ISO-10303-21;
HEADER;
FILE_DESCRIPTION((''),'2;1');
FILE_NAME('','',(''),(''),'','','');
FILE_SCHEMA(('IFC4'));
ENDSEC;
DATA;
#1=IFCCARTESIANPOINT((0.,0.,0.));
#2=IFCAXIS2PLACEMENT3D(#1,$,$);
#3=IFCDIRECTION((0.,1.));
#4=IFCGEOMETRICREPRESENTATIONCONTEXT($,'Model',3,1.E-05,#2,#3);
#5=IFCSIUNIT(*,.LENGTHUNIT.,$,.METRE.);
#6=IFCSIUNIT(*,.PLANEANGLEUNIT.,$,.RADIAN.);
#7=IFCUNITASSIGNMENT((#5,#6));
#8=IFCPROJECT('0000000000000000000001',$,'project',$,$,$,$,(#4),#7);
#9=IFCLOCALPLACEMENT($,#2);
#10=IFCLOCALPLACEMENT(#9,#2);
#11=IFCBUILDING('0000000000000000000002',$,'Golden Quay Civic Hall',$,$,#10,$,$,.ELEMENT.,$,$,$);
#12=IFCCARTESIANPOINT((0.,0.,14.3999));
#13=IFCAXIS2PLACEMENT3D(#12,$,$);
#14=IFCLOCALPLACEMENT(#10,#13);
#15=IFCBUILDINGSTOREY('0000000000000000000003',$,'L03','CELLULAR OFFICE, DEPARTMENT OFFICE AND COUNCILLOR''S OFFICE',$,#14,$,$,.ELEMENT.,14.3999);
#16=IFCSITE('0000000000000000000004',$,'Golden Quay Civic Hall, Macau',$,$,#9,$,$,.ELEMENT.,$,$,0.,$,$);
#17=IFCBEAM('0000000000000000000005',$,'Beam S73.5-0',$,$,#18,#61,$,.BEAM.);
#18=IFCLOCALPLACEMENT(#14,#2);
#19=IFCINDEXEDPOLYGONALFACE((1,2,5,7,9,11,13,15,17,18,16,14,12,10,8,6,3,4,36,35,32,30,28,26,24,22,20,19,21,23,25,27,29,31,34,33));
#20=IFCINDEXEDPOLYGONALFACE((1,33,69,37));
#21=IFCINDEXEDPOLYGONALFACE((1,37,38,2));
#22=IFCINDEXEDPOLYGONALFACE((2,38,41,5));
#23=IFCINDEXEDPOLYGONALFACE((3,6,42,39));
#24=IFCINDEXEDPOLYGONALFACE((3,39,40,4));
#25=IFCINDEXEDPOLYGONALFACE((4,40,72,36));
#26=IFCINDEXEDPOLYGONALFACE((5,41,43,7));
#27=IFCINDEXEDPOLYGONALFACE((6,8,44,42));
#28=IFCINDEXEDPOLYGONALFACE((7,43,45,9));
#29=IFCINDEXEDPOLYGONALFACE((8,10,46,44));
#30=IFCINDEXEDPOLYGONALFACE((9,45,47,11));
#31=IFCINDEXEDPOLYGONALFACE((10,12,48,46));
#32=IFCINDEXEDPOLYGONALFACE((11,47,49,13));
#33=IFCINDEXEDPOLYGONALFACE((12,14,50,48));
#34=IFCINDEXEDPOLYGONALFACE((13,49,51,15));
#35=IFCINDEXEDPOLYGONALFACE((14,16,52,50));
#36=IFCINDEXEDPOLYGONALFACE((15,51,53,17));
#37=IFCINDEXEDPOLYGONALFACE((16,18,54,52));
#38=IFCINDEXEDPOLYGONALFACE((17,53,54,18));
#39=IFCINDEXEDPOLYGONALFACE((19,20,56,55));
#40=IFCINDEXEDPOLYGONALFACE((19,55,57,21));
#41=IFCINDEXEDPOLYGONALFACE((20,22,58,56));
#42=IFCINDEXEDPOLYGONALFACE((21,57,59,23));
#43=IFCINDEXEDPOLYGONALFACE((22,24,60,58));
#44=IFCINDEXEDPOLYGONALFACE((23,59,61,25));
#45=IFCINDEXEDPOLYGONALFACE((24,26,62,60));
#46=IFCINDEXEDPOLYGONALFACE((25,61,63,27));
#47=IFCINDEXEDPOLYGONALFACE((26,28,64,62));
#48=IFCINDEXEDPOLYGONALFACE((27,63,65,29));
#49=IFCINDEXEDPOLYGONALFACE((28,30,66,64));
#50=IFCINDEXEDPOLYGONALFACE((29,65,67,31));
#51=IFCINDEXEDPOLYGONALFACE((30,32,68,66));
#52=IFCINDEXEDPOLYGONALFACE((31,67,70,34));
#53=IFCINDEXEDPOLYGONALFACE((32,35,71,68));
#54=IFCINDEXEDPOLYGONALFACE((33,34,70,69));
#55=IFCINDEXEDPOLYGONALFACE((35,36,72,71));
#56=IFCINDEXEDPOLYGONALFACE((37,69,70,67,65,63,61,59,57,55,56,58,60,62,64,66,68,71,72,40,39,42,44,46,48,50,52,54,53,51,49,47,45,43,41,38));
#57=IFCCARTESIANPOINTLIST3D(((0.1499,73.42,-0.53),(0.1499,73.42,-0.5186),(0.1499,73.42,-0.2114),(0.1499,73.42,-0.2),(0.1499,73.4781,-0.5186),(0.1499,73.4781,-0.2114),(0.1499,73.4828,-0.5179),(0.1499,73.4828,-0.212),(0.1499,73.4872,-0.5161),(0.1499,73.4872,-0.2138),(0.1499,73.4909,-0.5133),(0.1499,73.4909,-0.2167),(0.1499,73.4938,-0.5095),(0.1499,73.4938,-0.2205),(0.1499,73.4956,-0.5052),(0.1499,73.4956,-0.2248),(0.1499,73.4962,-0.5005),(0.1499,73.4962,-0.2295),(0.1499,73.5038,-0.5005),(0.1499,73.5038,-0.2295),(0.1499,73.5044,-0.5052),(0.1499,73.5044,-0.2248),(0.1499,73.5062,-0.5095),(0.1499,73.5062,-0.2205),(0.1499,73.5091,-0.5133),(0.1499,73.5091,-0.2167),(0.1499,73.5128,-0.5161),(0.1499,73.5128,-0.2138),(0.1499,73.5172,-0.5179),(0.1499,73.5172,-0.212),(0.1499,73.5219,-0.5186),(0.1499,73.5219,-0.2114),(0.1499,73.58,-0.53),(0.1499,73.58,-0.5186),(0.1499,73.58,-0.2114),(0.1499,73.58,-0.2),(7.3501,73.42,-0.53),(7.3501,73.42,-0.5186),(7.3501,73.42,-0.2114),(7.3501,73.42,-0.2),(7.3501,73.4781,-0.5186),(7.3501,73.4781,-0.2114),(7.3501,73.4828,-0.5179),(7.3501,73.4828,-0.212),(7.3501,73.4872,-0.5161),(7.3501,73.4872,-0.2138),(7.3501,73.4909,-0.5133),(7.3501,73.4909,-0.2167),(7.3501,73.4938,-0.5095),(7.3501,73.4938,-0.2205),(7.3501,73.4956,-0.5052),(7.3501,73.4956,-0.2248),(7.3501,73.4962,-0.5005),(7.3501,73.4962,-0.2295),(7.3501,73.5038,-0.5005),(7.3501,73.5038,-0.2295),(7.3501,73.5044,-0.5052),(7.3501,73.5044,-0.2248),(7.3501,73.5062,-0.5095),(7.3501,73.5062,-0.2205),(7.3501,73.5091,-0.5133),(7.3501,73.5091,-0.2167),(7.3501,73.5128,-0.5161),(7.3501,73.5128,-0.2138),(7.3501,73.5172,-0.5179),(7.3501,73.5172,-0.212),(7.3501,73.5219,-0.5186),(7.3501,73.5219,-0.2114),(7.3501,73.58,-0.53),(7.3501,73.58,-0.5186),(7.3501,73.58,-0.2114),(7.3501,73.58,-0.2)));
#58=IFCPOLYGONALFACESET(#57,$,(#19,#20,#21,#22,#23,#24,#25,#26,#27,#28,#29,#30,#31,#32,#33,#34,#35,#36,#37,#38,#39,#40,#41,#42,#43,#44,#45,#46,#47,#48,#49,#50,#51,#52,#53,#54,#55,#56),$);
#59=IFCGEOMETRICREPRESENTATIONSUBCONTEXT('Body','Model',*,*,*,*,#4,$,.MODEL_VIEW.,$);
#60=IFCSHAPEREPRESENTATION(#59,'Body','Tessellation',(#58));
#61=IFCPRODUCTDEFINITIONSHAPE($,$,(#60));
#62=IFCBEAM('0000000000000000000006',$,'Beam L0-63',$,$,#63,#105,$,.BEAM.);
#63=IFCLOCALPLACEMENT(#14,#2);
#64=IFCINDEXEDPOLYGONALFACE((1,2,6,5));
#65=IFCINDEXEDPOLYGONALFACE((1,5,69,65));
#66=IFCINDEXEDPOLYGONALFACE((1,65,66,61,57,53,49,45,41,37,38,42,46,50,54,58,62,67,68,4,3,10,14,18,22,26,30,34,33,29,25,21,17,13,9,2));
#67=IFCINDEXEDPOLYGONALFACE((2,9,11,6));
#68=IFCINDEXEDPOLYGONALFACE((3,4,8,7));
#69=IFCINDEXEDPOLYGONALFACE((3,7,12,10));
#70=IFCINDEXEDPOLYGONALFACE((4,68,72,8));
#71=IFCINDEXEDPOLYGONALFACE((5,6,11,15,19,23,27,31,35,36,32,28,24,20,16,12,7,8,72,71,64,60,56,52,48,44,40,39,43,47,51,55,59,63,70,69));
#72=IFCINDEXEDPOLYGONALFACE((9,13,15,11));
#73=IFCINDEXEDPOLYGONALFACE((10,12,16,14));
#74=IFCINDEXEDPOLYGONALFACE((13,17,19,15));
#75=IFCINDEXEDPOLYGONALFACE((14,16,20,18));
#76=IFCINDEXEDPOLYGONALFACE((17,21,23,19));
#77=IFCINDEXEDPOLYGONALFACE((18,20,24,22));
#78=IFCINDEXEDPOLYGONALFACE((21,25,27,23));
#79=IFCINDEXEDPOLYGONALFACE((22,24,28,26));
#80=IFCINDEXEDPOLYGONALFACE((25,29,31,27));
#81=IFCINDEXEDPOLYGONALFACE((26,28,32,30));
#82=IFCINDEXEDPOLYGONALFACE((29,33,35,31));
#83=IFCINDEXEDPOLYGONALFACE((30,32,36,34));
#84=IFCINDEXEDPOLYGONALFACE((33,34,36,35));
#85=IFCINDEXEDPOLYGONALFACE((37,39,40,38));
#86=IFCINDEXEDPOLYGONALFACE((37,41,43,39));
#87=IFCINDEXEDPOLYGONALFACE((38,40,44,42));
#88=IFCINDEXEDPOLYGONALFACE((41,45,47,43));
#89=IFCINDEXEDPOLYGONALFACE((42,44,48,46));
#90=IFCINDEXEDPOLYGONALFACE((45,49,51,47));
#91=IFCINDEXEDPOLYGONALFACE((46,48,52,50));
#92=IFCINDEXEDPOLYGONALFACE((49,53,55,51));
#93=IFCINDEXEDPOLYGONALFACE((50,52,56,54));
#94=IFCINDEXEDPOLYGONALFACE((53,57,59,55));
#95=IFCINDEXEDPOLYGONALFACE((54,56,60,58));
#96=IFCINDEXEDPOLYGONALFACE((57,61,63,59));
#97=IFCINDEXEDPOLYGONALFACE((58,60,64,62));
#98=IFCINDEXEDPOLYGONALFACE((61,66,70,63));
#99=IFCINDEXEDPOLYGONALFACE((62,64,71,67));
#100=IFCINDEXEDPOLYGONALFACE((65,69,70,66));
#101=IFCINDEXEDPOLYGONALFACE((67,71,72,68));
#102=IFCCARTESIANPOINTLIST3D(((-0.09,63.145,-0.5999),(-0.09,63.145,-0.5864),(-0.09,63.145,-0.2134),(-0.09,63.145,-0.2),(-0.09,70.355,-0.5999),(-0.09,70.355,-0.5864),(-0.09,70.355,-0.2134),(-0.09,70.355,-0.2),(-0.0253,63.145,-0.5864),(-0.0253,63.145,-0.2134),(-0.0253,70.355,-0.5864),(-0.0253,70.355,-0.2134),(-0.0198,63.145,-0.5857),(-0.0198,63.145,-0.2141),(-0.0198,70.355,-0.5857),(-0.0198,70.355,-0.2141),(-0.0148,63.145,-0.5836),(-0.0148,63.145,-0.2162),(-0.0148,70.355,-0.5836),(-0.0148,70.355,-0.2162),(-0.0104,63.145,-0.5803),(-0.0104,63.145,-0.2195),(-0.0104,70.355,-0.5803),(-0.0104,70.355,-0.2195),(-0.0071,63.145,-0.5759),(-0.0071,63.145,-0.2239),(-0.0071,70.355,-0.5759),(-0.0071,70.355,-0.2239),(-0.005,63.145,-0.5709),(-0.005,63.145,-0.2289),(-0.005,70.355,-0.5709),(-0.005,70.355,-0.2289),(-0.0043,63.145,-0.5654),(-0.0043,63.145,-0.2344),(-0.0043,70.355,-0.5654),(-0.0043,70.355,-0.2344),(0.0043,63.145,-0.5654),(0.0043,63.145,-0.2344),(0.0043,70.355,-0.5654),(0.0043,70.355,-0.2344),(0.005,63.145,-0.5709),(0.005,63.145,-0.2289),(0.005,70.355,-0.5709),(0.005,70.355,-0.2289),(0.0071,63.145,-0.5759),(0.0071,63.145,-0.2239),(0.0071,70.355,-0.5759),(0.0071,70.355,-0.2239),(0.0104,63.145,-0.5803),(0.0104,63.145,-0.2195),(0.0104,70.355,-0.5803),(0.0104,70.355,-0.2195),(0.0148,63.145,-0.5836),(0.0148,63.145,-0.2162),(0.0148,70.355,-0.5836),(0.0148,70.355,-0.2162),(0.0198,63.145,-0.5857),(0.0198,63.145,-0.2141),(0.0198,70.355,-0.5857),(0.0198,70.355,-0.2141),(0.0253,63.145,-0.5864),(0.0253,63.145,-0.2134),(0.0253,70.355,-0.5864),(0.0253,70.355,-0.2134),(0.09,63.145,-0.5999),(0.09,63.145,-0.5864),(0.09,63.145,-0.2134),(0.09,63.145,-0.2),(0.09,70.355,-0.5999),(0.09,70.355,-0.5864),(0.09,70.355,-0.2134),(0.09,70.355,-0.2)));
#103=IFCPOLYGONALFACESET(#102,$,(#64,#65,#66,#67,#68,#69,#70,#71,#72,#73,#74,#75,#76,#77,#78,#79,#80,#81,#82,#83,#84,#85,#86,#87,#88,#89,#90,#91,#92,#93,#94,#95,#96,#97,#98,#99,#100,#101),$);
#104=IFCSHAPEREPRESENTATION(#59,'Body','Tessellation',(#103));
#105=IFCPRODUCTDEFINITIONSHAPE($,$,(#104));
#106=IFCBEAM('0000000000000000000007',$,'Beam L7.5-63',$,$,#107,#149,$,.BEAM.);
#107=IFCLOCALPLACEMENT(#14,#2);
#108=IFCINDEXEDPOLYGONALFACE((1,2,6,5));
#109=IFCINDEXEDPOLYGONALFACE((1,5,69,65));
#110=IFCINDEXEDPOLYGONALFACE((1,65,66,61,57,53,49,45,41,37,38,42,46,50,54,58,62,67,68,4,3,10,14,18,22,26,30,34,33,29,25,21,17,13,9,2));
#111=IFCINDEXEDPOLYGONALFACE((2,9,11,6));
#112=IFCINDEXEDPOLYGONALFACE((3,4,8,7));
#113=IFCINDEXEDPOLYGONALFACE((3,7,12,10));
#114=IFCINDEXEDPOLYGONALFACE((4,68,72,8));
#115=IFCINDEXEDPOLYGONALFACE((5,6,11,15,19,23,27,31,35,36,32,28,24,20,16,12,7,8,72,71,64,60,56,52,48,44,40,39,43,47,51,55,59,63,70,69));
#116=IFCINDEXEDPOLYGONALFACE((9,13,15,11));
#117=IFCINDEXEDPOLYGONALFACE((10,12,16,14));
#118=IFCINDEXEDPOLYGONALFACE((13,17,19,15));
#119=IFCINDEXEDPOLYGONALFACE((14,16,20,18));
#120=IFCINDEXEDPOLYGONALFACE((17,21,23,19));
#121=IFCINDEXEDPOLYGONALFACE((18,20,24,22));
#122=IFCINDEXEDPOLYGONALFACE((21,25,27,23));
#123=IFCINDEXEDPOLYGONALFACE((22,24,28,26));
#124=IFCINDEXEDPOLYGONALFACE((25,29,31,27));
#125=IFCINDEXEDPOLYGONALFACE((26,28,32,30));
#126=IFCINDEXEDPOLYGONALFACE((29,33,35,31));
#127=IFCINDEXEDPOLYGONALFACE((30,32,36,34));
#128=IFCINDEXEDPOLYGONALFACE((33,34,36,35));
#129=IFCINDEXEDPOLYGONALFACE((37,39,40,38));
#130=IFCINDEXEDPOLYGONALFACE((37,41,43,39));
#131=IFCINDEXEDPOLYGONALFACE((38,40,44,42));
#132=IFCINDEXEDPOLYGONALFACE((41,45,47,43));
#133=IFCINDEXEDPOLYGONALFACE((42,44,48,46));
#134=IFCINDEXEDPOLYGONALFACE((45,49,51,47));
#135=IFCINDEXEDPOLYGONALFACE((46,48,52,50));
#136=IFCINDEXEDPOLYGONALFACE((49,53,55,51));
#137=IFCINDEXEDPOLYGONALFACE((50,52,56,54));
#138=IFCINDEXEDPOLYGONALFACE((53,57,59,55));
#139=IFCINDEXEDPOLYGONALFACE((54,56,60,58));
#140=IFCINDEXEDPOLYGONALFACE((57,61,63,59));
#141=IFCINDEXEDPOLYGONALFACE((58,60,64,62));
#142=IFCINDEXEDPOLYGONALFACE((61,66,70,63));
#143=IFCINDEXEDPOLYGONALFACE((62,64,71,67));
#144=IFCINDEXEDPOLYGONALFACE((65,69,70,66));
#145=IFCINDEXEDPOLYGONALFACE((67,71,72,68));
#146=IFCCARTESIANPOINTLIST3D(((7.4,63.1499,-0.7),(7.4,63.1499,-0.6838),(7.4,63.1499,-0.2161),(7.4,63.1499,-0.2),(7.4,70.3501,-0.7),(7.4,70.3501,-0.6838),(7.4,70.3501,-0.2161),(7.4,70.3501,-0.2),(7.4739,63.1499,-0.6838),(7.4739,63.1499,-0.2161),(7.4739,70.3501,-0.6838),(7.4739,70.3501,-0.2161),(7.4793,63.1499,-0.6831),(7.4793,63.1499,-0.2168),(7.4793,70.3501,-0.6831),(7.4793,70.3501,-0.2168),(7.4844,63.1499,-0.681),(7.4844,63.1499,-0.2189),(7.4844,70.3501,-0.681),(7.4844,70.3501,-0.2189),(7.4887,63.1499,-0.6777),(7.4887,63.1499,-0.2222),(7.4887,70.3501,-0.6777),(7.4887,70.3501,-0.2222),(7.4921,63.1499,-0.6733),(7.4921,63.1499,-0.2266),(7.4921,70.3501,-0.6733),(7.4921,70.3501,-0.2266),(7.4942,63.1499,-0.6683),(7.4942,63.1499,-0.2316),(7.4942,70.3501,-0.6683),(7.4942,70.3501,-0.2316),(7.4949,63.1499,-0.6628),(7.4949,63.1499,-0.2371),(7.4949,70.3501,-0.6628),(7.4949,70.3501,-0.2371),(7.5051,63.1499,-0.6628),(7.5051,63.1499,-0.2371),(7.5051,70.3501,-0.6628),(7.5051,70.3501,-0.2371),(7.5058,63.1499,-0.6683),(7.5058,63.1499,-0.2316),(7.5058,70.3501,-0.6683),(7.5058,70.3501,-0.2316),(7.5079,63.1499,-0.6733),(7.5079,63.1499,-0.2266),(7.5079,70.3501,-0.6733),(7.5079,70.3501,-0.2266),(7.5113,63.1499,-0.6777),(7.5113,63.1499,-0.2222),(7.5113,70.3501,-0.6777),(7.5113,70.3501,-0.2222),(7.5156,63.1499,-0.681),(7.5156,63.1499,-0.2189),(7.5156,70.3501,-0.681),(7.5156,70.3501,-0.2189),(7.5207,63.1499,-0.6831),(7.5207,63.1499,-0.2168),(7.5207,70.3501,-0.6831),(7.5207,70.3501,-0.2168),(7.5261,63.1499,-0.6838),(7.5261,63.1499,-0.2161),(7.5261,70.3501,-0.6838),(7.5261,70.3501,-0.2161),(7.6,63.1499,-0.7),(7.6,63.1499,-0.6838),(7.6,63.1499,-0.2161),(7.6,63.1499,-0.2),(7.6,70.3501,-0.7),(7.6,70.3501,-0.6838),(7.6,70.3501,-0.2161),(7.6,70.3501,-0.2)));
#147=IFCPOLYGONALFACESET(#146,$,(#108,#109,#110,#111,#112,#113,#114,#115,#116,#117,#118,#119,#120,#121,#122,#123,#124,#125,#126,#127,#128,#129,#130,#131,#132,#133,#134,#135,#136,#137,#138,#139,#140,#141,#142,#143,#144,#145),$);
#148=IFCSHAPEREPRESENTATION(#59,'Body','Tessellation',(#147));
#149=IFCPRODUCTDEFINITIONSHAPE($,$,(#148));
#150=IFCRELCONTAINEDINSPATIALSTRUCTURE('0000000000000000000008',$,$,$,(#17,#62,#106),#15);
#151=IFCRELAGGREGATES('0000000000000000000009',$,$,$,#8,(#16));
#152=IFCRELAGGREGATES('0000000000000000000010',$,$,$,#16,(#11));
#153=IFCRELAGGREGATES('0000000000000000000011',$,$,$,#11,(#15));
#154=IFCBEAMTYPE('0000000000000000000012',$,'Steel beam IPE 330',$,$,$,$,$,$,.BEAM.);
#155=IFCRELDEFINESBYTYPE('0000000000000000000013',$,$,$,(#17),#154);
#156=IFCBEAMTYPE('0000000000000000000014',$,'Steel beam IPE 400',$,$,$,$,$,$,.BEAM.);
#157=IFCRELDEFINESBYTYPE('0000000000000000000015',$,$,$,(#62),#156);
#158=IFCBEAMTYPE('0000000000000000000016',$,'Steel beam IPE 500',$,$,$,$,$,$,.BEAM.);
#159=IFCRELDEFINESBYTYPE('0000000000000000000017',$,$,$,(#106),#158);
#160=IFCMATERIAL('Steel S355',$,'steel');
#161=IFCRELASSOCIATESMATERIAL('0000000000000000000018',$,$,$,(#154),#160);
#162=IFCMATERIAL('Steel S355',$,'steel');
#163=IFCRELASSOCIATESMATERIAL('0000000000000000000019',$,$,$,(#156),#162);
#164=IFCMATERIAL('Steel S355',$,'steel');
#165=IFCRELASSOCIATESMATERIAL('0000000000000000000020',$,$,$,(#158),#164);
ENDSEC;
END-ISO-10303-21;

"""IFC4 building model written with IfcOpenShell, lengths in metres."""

from ifc_helpers import new_model, si_unit, direction, frame, origin, origin_2d, place, context, subcontext, project, spatial, i_section, extrude, material, material_profile, profile_set, type_object, element, save


model = new_model("IFC4")

# Units and contexts
model_context = context("Model", 3, precision=1e-05, world=origin(), true_north=direction((0.0, 1.0)))
body_context = subcontext(model_context, "Body", "Model", "MODEL_VIEW")
ifc_project = project(units=[si_unit("LENGTHUNIT", "METRE"), si_unit("PLANEANGLEUNIT", "RADIAN")], contexts=[model_context])

# Site, building, storey
site_placement = place(None, origin())
site = spatial("IfcSite", under=ifc_project, at=site_placement, Name="Golden Quay Civic Hall, Macau", CompositionType="ELEMENT", RefElevation=0.0)
building_placement = place(site_placement, origin())
building = spatial("IfcBuilding", under=site, at=building_placement, Name="Golden Quay Civic Hall", CompositionType="ELEMENT")
storey_placement = place(building_placement, frame((0.0, 0.0, 14.3999)))
storey = spatial("IfcBuildingStorey", under=building, at=storey_placement, Name="L03", Description="CELLULAR OFFICE, DEPARTMENT OFFICE AND COUNCILLOR'S OFFICE", CompositionType="ELEMENT", Elevation=14.3999)

# Beams
ifc_material_1 = material(Name="Steel S355", Category="steel")
ifc_material_profile_1 = material_profile(ifc_material_1, i_section(OverallWidth=0.1599, OverallDepth=0.3301, WebThickness=0.0076, FlangeThickness=0.0115, FilletRadius=0.0181, at=origin_2d()), Name="IPE 330")
ifc_profile_set_1 = profile_set([ifc_material_profile_1], Name="Steel S355")
beam_type_1 = type_object("IfcBeamType", Name="Steel beam IPE 330", PredefinedType="BEAM", material=ifc_profile_set_1)
for number, where, z_axis, x_axis, name in (
    (1, (0.1499, 73.5, -0.365), (1.0, 0.0, 0.0), (0.0, 1.0, 0.0), "Beam S73.5-0"),
):
    element("IfcBeam", number, at=place(storey_placement, frame(where, z_axis=z_axis, x_axis=x_axis)), inside=storey, type_object=beam_type_1, Name=name, PredefinedType="BEAM", context=body_context, shape_type="SweptSolid", body=[
        extrude(i_section(OverallWidth=0.1599, OverallDepth=0.3301, WebThickness=0.0076, FlangeThickness=0.0115, FilletRadius=0.0181, at=origin_2d()), origin(), (0.0, 0.0, 1.0), 7.2002),
    ])
ifc_material_2 = material(Name="Steel S355", Category="steel")
ifc_material_profile_2 = material_profile(ifc_material_2, i_section(OverallWidth=0.1799, OverallDepth=0.3999, WebThickness=0.0085, FlangeThickness=0.0134, FilletRadius=0.021, at=origin_2d()), Name="IPE 400")
ifc_profile_set_2 = profile_set([ifc_material_profile_2], Name="Steel S355")
beam_type_2 = type_object("IfcBeamType", Name="Steel beam IPE 400", PredefinedType="BEAM", material=ifc_profile_set_2)
beam_1_placement = place(storey_placement, frame((0.0, 63.145, -0.3999), z_axis=(0.0, 1.0, 0.0), x_axis=(-1.0, 0.0, 0.0)))
element("IfcBeam", 2, at=beam_1_placement, inside=storey, type_object=beam_type_2, Name="Beam L0-63", PredefinedType="BEAM", context=body_context, shape_type="SweptSolid", body=[
    extrude(i_section(OverallWidth=0.1799, OverallDepth=0.3999, WebThickness=0.0085, FlangeThickness=0.0134, FilletRadius=0.021, at=origin_2d()), origin(), (0.0, 0.0, 1.0), 7.21),
])
ifc_material_3 = material(Name="Steel S355", Category="steel")
ifc_material_profile_3 = material_profile(ifc_material_3, i_section(OverallWidth=0.2, OverallDepth=0.5, WebThickness=0.0103, FlangeThickness=0.0161, FilletRadius=0.021, at=origin_2d()), Name="IPE 500")
ifc_profile_set_3 = profile_set([ifc_material_profile_3], Name="Steel S355")
beam_type_3 = type_object("IfcBeamType", Name="Steel beam IPE 500", PredefinedType="BEAM", material=ifc_profile_set_3)
beam_2_placement = place(storey_placement, frame((7.5, 63.1499, -0.45), z_axis=(0.0, 1.0, 0.0), x_axis=(-1.0, 0.0, 0.0)))
element("IfcBeam", 3, at=beam_2_placement, inside=storey, type_object=beam_type_3, Name="Beam L7.5-63", PredefinedType="BEAM", context=body_context, shape_type="SweptSolid", body=[
    extrude(i_section(OverallWidth=0.2, OverallDepth=0.5, WebThickness=0.0103, FlangeThickness=0.0161, FilletRadius=0.021, at=origin_2d()), origin(), (0.0, 0.0, 1.0), 7.2002),
])

save(model, "model.ifc")
